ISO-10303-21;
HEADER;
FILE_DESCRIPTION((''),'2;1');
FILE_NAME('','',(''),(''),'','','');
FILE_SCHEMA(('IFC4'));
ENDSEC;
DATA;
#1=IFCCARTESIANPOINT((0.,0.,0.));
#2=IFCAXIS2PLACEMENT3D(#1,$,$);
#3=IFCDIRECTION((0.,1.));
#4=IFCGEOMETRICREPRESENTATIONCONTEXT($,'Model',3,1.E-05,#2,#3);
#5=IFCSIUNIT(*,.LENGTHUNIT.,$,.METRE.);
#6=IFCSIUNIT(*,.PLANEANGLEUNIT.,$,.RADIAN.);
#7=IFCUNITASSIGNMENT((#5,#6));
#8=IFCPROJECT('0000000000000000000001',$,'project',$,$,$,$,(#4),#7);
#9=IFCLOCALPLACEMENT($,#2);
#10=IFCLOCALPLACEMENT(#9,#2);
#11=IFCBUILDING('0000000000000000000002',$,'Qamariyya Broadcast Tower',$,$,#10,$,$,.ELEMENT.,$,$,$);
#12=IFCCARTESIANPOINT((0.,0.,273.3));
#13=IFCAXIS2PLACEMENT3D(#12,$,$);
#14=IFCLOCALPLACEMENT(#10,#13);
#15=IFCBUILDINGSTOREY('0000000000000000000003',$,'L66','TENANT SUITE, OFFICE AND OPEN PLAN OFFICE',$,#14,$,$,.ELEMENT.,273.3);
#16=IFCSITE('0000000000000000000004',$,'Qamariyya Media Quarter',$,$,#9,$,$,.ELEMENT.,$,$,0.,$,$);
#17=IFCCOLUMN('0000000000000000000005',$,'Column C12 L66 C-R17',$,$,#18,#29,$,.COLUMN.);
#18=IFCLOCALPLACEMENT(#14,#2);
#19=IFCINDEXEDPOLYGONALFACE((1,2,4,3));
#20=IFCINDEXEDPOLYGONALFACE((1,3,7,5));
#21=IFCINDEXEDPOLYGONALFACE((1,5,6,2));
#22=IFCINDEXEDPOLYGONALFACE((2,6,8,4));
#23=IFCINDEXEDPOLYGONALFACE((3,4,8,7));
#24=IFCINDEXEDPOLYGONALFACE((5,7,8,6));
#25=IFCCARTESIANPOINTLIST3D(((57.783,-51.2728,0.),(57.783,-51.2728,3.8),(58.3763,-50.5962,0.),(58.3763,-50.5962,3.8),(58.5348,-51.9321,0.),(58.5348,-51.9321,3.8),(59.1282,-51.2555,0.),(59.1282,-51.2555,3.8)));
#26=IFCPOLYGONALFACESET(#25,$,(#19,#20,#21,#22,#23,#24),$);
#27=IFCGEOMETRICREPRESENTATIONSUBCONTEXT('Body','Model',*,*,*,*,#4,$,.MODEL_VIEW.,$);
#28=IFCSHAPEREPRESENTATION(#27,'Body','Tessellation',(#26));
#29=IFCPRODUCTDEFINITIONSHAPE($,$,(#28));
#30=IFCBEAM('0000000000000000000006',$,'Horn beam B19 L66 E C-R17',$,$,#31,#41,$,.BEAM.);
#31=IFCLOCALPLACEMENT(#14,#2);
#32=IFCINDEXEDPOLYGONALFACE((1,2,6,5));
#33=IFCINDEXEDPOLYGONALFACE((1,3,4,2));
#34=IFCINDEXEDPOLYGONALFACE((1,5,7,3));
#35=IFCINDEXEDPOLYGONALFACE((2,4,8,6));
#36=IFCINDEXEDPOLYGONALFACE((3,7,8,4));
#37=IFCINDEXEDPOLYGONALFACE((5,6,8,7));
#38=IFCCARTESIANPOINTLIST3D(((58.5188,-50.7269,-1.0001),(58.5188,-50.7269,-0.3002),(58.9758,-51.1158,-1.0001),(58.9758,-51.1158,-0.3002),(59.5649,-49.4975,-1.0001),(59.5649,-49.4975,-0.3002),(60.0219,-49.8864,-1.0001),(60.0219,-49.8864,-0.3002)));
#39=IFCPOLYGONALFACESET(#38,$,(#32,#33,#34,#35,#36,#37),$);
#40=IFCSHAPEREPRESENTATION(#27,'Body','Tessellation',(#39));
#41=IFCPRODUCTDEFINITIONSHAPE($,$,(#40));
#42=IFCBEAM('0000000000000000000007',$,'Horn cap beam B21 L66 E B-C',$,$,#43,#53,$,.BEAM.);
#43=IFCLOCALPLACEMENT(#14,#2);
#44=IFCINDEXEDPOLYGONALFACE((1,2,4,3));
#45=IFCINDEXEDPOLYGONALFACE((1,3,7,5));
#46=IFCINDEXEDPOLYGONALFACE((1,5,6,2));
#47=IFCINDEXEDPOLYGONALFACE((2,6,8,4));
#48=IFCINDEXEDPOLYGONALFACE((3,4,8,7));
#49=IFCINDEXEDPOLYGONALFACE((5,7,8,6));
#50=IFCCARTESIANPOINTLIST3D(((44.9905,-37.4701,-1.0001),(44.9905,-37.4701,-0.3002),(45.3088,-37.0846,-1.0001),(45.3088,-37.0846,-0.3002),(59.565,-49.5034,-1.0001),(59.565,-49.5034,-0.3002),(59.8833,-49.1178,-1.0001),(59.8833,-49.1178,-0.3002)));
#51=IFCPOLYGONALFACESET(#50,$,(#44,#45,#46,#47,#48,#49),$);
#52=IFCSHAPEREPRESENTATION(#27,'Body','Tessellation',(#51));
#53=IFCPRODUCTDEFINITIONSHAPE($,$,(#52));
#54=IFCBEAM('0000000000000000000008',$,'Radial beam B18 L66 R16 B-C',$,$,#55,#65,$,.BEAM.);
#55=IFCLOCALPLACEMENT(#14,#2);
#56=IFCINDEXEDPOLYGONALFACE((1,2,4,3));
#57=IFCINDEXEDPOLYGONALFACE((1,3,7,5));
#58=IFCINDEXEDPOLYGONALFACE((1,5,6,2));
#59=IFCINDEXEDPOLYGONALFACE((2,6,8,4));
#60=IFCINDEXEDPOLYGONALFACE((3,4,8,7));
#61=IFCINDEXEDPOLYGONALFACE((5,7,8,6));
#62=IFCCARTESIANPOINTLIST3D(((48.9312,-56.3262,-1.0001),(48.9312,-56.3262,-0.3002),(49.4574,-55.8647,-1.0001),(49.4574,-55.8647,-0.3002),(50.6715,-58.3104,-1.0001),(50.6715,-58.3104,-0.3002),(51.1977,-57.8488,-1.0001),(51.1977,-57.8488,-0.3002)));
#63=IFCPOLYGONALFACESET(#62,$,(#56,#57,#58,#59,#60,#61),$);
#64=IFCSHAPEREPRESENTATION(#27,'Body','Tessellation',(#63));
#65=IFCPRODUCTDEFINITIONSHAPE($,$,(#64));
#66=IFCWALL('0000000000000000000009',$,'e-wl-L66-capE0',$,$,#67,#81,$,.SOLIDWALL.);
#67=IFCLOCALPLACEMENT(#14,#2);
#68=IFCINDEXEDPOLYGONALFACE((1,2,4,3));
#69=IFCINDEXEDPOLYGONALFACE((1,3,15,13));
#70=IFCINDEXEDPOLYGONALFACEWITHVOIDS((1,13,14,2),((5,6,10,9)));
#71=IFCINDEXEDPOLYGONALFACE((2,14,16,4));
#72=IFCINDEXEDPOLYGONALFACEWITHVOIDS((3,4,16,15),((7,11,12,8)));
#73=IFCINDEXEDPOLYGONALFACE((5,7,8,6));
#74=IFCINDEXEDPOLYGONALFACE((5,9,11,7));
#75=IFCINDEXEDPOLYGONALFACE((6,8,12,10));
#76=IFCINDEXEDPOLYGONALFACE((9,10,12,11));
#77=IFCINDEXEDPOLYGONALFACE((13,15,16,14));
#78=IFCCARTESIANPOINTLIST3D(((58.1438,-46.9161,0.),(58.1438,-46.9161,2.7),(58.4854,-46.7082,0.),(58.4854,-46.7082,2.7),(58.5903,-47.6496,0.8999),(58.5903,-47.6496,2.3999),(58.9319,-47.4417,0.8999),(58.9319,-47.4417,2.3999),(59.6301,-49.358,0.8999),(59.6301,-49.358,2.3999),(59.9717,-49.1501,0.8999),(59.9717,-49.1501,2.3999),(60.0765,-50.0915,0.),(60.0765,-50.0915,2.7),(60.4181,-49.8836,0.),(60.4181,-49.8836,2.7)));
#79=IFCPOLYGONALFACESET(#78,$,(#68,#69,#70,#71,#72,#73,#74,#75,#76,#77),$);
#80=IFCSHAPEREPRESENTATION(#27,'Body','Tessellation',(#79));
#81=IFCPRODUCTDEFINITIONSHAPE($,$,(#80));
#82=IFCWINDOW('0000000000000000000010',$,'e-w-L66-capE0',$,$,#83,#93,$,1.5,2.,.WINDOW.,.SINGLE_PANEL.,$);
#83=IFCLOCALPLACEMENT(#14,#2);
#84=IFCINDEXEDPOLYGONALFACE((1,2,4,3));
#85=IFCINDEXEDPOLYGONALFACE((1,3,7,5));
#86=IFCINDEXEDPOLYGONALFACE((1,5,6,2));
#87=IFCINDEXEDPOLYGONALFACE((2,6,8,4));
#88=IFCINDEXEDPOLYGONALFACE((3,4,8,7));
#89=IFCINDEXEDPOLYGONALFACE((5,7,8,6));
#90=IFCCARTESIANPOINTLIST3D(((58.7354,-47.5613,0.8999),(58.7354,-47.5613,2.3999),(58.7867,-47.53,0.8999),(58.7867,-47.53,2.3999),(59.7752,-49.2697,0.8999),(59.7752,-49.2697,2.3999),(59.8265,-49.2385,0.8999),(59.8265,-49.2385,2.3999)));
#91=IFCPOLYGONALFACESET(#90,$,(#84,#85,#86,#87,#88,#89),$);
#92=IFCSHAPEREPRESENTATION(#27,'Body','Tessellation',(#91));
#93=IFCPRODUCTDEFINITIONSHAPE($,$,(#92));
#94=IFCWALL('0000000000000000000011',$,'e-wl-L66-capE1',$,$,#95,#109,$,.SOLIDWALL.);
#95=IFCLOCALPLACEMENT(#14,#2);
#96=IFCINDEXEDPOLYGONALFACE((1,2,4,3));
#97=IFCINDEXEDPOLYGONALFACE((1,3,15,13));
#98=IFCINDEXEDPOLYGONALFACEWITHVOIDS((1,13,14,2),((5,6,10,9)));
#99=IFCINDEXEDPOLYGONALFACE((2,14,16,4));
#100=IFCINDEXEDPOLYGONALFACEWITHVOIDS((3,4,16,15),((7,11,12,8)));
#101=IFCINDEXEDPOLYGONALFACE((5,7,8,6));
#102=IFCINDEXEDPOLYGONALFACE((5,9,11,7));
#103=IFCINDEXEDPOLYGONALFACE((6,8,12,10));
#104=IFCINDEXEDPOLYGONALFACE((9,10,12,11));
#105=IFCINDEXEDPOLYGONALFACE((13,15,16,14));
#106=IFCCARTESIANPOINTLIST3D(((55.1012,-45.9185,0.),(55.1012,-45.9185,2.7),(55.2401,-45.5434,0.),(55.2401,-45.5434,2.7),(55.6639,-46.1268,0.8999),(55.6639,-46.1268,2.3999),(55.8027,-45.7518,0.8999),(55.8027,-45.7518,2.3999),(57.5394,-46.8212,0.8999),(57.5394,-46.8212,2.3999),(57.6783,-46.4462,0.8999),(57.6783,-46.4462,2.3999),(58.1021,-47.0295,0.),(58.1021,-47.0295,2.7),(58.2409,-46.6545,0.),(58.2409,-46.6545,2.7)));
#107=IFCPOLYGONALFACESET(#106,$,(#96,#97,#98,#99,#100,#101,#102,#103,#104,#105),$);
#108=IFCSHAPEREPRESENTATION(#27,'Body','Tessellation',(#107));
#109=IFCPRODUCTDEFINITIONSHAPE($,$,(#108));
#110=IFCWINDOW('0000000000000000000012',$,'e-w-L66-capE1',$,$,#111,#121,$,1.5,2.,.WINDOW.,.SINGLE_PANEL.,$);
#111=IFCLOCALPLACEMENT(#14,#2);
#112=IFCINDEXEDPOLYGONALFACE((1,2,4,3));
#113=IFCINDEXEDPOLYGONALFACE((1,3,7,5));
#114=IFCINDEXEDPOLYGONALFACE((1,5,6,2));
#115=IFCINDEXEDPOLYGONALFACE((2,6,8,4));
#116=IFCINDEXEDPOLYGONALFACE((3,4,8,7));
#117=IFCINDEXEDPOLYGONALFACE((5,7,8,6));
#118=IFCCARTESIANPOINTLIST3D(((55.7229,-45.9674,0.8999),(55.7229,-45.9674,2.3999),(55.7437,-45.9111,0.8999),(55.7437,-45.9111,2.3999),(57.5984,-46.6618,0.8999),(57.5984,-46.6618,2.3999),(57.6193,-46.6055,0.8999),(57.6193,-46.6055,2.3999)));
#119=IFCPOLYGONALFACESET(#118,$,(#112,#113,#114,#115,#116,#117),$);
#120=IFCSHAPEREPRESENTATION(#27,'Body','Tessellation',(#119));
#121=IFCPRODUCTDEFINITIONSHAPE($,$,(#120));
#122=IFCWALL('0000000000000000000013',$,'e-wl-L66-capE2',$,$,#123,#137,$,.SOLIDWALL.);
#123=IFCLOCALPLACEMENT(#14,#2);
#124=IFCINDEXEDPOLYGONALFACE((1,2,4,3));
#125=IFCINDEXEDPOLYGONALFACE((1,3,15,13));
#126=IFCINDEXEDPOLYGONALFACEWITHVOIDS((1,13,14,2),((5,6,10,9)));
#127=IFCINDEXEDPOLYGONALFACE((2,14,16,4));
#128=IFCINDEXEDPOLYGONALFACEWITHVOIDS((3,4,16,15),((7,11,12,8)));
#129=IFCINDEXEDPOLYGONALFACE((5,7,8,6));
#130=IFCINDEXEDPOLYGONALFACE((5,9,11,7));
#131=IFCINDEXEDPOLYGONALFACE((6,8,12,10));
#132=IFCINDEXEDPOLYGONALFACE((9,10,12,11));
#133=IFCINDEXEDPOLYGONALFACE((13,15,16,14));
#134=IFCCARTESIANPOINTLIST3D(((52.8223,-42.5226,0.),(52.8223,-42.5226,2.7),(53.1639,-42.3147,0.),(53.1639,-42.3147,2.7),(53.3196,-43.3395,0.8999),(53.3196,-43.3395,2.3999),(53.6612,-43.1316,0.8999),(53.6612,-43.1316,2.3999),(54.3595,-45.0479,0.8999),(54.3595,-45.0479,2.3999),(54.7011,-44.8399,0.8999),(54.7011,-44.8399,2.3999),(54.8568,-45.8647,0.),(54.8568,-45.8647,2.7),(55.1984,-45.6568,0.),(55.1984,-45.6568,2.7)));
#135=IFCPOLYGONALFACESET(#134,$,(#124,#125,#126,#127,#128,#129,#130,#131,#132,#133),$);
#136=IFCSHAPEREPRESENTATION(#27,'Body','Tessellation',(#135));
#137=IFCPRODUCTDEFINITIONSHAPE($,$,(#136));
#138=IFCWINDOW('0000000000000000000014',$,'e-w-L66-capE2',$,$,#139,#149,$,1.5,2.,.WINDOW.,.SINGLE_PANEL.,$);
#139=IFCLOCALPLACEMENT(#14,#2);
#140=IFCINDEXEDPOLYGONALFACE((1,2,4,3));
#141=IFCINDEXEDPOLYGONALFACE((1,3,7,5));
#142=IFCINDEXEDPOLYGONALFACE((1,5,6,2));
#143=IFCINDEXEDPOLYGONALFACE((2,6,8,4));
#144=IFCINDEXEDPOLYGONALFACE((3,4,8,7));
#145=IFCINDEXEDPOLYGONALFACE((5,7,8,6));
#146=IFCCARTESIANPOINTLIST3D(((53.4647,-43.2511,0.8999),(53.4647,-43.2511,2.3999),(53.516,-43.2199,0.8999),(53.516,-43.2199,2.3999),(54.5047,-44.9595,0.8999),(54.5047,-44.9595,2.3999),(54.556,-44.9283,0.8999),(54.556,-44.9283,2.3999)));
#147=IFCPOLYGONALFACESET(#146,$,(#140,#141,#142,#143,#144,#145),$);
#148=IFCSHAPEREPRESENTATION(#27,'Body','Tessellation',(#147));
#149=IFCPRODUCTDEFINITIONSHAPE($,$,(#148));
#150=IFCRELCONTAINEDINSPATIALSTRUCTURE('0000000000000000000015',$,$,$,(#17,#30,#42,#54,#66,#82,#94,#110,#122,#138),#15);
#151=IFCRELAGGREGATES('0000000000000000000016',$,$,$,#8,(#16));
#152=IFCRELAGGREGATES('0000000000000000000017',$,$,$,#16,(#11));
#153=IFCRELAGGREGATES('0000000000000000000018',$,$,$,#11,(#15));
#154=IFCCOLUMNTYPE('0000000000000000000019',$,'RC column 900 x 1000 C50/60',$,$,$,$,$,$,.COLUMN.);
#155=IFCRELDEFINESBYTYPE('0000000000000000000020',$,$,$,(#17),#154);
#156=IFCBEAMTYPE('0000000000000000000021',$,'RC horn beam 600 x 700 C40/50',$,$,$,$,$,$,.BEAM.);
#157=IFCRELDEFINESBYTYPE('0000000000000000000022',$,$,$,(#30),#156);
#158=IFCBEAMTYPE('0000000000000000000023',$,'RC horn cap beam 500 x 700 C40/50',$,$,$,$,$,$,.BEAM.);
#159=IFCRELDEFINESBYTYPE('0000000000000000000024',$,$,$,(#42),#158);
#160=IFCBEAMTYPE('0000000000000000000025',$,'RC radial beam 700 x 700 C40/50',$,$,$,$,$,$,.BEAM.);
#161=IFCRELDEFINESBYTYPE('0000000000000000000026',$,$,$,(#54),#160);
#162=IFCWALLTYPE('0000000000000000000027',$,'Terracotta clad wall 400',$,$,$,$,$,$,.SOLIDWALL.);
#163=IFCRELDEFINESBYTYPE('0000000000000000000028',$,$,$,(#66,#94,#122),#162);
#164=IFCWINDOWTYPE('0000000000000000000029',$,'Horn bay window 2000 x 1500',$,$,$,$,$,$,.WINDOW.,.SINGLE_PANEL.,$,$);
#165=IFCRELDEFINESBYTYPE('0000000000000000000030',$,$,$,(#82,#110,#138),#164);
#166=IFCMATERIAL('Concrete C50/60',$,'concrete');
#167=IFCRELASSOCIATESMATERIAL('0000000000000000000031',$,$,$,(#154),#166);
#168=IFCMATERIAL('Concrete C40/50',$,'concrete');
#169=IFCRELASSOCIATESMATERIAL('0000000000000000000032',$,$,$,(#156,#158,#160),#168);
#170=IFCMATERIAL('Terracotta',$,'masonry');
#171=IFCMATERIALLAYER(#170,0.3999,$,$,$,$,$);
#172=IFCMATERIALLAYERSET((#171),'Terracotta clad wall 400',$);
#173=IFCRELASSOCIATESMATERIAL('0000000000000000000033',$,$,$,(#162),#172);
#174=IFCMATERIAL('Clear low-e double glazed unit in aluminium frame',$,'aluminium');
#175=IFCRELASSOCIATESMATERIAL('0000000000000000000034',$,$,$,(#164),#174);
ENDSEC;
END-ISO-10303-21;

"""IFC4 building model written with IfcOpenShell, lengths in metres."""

from ifc_helpers import new_model, si_unit, direction, frame, frame_2d, origin, origin_2d, place, context, subcontext, project, spatial, rectangle, extrude, material, layer, layer_set, material_profile, profile_set, type_object, element, fill, save


model = new_model("IFC4")

# Units and contexts
model_context = context("Model", 3, precision=1e-05, world=origin(), true_north=direction((0.0, 1.0)))
body_context = subcontext(model_context, "Body", "Model", "MODEL_VIEW")
ifc_project = project(units=[si_unit("LENGTHUNIT", "METRE"), si_unit("PLANEANGLEUNIT", "RADIAN")], contexts=[model_context])

# Site, building, storey
site_placement = place(None, origin())
site = spatial("IfcSite", under=ifc_project, at=site_placement, Name="Qamariyya Media Quarter", CompositionType="ELEMENT", RefElevation=0.0)
building_placement = place(site_placement, origin())
building = spatial("IfcBuilding", under=site, at=building_placement, Name="Qamariyya Broadcast Tower", CompositionType="ELEMENT")
storey_placement = place(building_placement, frame((0.0, 0.0, 273.3)))
storey = spatial("IfcBuildingStorey", under=building, at=storey_placement, Name="L66", Description="TENANT SUITE, OFFICE AND OPEN PLAN OFFICE", CompositionType="ELEMENT", Elevation=273.3)

# Column
ifc_material_1 = material(Name="Concrete C50/60", Category="concrete")
ifc_material_profile_1 = material_profile(ifc_material_1, rectangle(XDim=0.8999, YDim=1.0, at=origin_2d()))
ifc_profile_set_1 = profile_set([ifc_material_profile_1], Name="Concrete C50/60")
column_type = type_object("IfcColumnType", Name="RC column 900 x 1000 C50/60", PredefinedType="COLUMN", material=ifc_profile_set_1)
column_placement = place(storey_placement, frame((58.4556, -51.2642, 0.0), z_axis=(0.0, 0.0, 1.0), x_axis=(0.659346, 0.75184, 0.0)))
element("IfcColumn", 1, at=column_placement, inside=storey, type_object=column_type, Name="Column C12 L66 C-R17", PredefinedType="COLUMN", context=body_context, shape_type="SweptSolid", body=[
    extrude(rectangle(XDim=0.8999, YDim=1.0, at=origin_2d()), origin(), (0.0, 0.0, 1.0), 3.8),
])

# Beams
ifc_material_2 = material(Name="Concrete C40/50", Category="concrete")
ifc_material_profile_2 = material_profile(ifc_material_2, rectangle(XDim=0.6001, YDim=0.7, at=origin_2d()))
ifc_profile_set_2 = profile_set([ifc_material_profile_2], Name="Concrete C40/50")
beam_type_1 = type_object("IfcBeamType", Name="RC horn beam 600 x 700 C40/50", PredefinedType="BEAM", material=ifc_profile_set_2)
beam_1_placement = place(storey_placement, frame((58.7473, -50.9214, -0.6501), z_axis=(0.648035, 0.761611, 0.0), x_axis=(-0.761611, 0.648035, 0.0)))
element("IfcBeam", 2, at=beam_1_placement, inside=storey, type_object=beam_type_1, Name="Horn beam B19 L66 E C-R17", PredefinedType="BEAM", context=body_context, shape_type="SweptSolid", body=[
    extrude(rectangle(XDim=0.6001, YDim=0.7, at=origin_2d()), origin(), (0.0, 0.0, 1.0), 1.6143),
])
ifc_material_profile_3 = material_profile(ifc_material_2, rectangle(XDim=0.5, YDim=0.7, at=origin_2d()))
ifc_profile_set_3 = profile_set([ifc_material_profile_3], Name="Concrete C40/50")
beam_type_2 = type_object("IfcBeamType", Name="RC horn cap beam 500 x 700 C40/50", PredefinedType="BEAM", material=ifc_profile_set_3)
beam_2_placement = place(storey_placement, frame((45.1497, -37.2773, -0.6501), z_axis=(0.771132, -0.636675, 0.0), x_axis=(0.636675, 0.771132, 0.0)))
element("IfcBeam", 3, at=beam_2_placement, inside=storey, type_object=beam_type_2, Name="Horn cap beam B21 L66 E B-C", PredefinedType="BEAM", context=body_context, shape_type="SweptSolid", body=[
    extrude(rectangle(XDim=0.5, YDim=0.7, at=origin_2d()), origin(), (0.0, 0.0, 1.0), 18.9001),
])
ifc_material_profile_4 = material_profile(ifc_material_2, rectangle(XDim=0.7, YDim=0.7, at=origin_2d()))
ifc_profile_set_4 = profile_set([ifc_material_profile_4], Name="Concrete C40/50")
beam_type_3 = type_object("IfcBeamType", Name="RC radial beam 700 x 700 C40/50", PredefinedType="BEAM", material=ifc_profile_set_4)
beam_3_placement = place(storey_placement, frame((49.1943, -56.0955, -0.6501), z_axis=(0.659388, -0.751803, 0.0), x_axis=(0.751803, 0.659388, 0.0)))
element("IfcBeam", 4, at=beam_3_placement, inside=storey, type_object=beam_type_3, Name="Radial beam B18 L66 R16 B-C", PredefinedType="BEAM", context=body_context, shape_type="SweptSolid", body=[
    extrude(rectangle(XDim=0.7, YDim=0.7, at=origin_2d()), origin(), (0.0, 0.0, 1.0), 2.6392),
])

# Walls, openings, windows
ifc_material_3 = material(Name="Terracotta", Category="masonry")
ifc_layer = layer(ifc_material_3, 0.3999)
ifc_layer_set = layer_set([ifc_layer], Name="Terracotta clad wall 400")
wall_type = type_object("IfcWallType", Name="Terracotta clad wall 400", PredefinedType="SOLIDWALL", material=ifc_layer_set)
wall_1_placement = place(storey_placement, frame((60.2473, -49.9875, 0.0), z_axis=(0.0, 0.0, 1.0), x_axis=(-0.519914, 0.854219, 0.0)))
wall_1 = element("IfcWall", 5, at=wall_1_placement, inside=storey, type_object=wall_type, Name="e-wl-L66-capE0", PredefinedType="SOLIDWALL", context=body_context, shape_type="SweptSolid", body=[
    extrude(rectangle(XDim=3.7173, YDim=0.3999, at=frame_2d((1.8586, 0.0))), origin(), (0.0, 0.0, 1.0), 2.7),
])
opening_1_placement = place(wall_1_placement, frame((0.8586, 0.0, 0.8999)))
opening_1 = element("IfcOpeningElement", 6, at=opening_1_placement, cuts=wall_1, PredefinedType="OPENING", context=body_context, shape_type="SweptSolid", body=[
    extrude(rectangle(XDim=2.0, YDim=1.5, at=frame_2d((1.0, 0.75))), frame((0.0, 0.21, 0.0), z_axis=(0.0, -1.0, 0.0), x_axis=(1.0, 0.0, 0.0)), (0.0, 0.0, 1.0), 0.4199),
])
ifc_material_4 = material(Name="Clear low-e double glazed unit in aluminium frame", Category="aluminium")
window_type = type_object("IfcWindowType", Name="Horn bay window 2000 x 1500", PartitioningType="SINGLE_PANEL", PredefinedType="WINDOW", material=ifc_material_4)
window_1_placement = place(opening_1_placement, origin())
window_1 = element("IfcWindow", 7, at=window_1_placement, inside=storey, type_object=window_type, Name="e-w-L66-capE0", OverallHeight=1.5, OverallWidth=2.0, PartitioningType="SINGLE_PANEL", PredefinedType="WINDOW", context=body_context, shape_type="SweptSolid", body=[
    extrude(rectangle(XDim=2.0, YDim=1.5, at=frame_2d((1.0, 0.75))), frame((0.0, 0.03, 0.0), z_axis=(0.0, -1.0, 0.0), x_axis=(1.0, 0.0, 0.0)), (0.0, 0.0, 1.0), 0.0601),
])
fill(opening_1, window_1)
wall_2_placement = place(storey_placement, frame((58.1716, -46.842, 0.0), z_axis=(0.0, 0.0, 1.0), x_axis=(-0.937788, 0.347208, 0.0)))
wall_2 = element("IfcWall", 8, at=wall_2_placement, inside=storey, type_object=wall_type, Name="e-wl-L66-capE1", PredefinedType="SOLIDWALL", context=body_context, shape_type="SweptSolid", body=[
    extrude(rectangle(XDim=3.2, YDim=0.3999, at=frame_2d((1.6001, 0.0))), origin(), (0.0, 0.0, 1.0), 2.7),
])
opening_2_placement = place(wall_2_placement, frame((0.6001, 0.0, 0.8999)))
opening_2 = element("IfcOpeningElement", 9, at=opening_2_placement, cuts=wall_2, PredefinedType="OPENING", context=body_context, shape_type="SweptSolid", body=[
    extrude(rectangle(XDim=2.0, YDim=1.5, at=frame_2d((1.0, 0.75))), frame((0.0, 0.21, 0.0), z_axis=(0.0, -1.0, 0.0), x_axis=(1.0, 0.0, 0.0)), (0.0, 0.0, 1.0), 0.4199),
])
window_2_placement = place(opening_2_placement, origin())
window_2 = element("IfcWindow", 10, at=window_2_placement, inside=storey, type_object=window_type, Name="e-w-L66-capE1", OverallHeight=1.5, OverallWidth=2.0, PartitioningType="SINGLE_PANEL", PredefinedType="WINDOW", context=body_context, shape_type="SweptSolid", body=[
    extrude(rectangle(XDim=2.0, YDim=1.5, at=frame_2d((1.0, 0.75))), frame((0.0, 0.03, 0.0), z_axis=(0.0, -1.0, 0.0), x_axis=(1.0, 0.0, 0.0)), (0.0, 0.0, 1.0), 0.0601),
])
fill(opening_2, window_2)
wall_3_placement = place(storey_placement, frame((55.0276, -45.7607, 0.0), z_axis=(0.0, 0.0, 1.0), x_axis=(-0.519973, 0.854183, 0.0)))
wall_3 = element("IfcWall", 11, at=wall_3_placement, inside=storey, type_object=wall_type, Name="e-wl-L66-capE2", PredefinedType="SOLIDWALL", context=body_context, shape_type="SweptSolid", body=[
    extrude(rectangle(XDim=3.9126, YDim=0.3999, at=frame_2d((1.9563, 0.0))), origin(), (0.0, 0.0, 1.0), 2.7),
])
opening_3_placement = place(wall_3_placement, frame((0.9563, 0.0, 0.8999)))
opening_3 = element("IfcOpeningElement", 12, at=opening_3_placement, cuts=wall_3, PredefinedType="OPENING", context=body_context, shape_type="SweptSolid", body=[
    extrude(rectangle(XDim=2.0, YDim=1.5, at=frame_2d((1.0, 0.75))), frame((0.0, 0.21, 0.0), z_axis=(0.0, -1.0, 0.0), x_axis=(1.0, 0.0, 0.0)), (0.0, 0.0, 1.0), 0.4199),
])
window_3_placement = place(opening_3_placement, origin())
window_3 = element("IfcWindow", 13, at=window_3_placement, inside=storey, type_object=window_type, Name="e-w-L66-capE2", OverallHeight=1.5, OverallWidth=2.0, PartitioningType="SINGLE_PANEL", PredefinedType="WINDOW", context=body_context, shape_type="SweptSolid", body=[
    extrude(rectangle(XDim=2.0, YDim=1.5, at=frame_2d((1.0, 0.75))), frame((0.0, 0.03, 0.0), z_axis=(0.0, -1.0, 0.0), x_axis=(1.0, 0.0, 0.0)), (0.0, 0.0, 1.0), 0.0601),
])
fill(opening_3, window_3)

save(model, "model.ifc")
